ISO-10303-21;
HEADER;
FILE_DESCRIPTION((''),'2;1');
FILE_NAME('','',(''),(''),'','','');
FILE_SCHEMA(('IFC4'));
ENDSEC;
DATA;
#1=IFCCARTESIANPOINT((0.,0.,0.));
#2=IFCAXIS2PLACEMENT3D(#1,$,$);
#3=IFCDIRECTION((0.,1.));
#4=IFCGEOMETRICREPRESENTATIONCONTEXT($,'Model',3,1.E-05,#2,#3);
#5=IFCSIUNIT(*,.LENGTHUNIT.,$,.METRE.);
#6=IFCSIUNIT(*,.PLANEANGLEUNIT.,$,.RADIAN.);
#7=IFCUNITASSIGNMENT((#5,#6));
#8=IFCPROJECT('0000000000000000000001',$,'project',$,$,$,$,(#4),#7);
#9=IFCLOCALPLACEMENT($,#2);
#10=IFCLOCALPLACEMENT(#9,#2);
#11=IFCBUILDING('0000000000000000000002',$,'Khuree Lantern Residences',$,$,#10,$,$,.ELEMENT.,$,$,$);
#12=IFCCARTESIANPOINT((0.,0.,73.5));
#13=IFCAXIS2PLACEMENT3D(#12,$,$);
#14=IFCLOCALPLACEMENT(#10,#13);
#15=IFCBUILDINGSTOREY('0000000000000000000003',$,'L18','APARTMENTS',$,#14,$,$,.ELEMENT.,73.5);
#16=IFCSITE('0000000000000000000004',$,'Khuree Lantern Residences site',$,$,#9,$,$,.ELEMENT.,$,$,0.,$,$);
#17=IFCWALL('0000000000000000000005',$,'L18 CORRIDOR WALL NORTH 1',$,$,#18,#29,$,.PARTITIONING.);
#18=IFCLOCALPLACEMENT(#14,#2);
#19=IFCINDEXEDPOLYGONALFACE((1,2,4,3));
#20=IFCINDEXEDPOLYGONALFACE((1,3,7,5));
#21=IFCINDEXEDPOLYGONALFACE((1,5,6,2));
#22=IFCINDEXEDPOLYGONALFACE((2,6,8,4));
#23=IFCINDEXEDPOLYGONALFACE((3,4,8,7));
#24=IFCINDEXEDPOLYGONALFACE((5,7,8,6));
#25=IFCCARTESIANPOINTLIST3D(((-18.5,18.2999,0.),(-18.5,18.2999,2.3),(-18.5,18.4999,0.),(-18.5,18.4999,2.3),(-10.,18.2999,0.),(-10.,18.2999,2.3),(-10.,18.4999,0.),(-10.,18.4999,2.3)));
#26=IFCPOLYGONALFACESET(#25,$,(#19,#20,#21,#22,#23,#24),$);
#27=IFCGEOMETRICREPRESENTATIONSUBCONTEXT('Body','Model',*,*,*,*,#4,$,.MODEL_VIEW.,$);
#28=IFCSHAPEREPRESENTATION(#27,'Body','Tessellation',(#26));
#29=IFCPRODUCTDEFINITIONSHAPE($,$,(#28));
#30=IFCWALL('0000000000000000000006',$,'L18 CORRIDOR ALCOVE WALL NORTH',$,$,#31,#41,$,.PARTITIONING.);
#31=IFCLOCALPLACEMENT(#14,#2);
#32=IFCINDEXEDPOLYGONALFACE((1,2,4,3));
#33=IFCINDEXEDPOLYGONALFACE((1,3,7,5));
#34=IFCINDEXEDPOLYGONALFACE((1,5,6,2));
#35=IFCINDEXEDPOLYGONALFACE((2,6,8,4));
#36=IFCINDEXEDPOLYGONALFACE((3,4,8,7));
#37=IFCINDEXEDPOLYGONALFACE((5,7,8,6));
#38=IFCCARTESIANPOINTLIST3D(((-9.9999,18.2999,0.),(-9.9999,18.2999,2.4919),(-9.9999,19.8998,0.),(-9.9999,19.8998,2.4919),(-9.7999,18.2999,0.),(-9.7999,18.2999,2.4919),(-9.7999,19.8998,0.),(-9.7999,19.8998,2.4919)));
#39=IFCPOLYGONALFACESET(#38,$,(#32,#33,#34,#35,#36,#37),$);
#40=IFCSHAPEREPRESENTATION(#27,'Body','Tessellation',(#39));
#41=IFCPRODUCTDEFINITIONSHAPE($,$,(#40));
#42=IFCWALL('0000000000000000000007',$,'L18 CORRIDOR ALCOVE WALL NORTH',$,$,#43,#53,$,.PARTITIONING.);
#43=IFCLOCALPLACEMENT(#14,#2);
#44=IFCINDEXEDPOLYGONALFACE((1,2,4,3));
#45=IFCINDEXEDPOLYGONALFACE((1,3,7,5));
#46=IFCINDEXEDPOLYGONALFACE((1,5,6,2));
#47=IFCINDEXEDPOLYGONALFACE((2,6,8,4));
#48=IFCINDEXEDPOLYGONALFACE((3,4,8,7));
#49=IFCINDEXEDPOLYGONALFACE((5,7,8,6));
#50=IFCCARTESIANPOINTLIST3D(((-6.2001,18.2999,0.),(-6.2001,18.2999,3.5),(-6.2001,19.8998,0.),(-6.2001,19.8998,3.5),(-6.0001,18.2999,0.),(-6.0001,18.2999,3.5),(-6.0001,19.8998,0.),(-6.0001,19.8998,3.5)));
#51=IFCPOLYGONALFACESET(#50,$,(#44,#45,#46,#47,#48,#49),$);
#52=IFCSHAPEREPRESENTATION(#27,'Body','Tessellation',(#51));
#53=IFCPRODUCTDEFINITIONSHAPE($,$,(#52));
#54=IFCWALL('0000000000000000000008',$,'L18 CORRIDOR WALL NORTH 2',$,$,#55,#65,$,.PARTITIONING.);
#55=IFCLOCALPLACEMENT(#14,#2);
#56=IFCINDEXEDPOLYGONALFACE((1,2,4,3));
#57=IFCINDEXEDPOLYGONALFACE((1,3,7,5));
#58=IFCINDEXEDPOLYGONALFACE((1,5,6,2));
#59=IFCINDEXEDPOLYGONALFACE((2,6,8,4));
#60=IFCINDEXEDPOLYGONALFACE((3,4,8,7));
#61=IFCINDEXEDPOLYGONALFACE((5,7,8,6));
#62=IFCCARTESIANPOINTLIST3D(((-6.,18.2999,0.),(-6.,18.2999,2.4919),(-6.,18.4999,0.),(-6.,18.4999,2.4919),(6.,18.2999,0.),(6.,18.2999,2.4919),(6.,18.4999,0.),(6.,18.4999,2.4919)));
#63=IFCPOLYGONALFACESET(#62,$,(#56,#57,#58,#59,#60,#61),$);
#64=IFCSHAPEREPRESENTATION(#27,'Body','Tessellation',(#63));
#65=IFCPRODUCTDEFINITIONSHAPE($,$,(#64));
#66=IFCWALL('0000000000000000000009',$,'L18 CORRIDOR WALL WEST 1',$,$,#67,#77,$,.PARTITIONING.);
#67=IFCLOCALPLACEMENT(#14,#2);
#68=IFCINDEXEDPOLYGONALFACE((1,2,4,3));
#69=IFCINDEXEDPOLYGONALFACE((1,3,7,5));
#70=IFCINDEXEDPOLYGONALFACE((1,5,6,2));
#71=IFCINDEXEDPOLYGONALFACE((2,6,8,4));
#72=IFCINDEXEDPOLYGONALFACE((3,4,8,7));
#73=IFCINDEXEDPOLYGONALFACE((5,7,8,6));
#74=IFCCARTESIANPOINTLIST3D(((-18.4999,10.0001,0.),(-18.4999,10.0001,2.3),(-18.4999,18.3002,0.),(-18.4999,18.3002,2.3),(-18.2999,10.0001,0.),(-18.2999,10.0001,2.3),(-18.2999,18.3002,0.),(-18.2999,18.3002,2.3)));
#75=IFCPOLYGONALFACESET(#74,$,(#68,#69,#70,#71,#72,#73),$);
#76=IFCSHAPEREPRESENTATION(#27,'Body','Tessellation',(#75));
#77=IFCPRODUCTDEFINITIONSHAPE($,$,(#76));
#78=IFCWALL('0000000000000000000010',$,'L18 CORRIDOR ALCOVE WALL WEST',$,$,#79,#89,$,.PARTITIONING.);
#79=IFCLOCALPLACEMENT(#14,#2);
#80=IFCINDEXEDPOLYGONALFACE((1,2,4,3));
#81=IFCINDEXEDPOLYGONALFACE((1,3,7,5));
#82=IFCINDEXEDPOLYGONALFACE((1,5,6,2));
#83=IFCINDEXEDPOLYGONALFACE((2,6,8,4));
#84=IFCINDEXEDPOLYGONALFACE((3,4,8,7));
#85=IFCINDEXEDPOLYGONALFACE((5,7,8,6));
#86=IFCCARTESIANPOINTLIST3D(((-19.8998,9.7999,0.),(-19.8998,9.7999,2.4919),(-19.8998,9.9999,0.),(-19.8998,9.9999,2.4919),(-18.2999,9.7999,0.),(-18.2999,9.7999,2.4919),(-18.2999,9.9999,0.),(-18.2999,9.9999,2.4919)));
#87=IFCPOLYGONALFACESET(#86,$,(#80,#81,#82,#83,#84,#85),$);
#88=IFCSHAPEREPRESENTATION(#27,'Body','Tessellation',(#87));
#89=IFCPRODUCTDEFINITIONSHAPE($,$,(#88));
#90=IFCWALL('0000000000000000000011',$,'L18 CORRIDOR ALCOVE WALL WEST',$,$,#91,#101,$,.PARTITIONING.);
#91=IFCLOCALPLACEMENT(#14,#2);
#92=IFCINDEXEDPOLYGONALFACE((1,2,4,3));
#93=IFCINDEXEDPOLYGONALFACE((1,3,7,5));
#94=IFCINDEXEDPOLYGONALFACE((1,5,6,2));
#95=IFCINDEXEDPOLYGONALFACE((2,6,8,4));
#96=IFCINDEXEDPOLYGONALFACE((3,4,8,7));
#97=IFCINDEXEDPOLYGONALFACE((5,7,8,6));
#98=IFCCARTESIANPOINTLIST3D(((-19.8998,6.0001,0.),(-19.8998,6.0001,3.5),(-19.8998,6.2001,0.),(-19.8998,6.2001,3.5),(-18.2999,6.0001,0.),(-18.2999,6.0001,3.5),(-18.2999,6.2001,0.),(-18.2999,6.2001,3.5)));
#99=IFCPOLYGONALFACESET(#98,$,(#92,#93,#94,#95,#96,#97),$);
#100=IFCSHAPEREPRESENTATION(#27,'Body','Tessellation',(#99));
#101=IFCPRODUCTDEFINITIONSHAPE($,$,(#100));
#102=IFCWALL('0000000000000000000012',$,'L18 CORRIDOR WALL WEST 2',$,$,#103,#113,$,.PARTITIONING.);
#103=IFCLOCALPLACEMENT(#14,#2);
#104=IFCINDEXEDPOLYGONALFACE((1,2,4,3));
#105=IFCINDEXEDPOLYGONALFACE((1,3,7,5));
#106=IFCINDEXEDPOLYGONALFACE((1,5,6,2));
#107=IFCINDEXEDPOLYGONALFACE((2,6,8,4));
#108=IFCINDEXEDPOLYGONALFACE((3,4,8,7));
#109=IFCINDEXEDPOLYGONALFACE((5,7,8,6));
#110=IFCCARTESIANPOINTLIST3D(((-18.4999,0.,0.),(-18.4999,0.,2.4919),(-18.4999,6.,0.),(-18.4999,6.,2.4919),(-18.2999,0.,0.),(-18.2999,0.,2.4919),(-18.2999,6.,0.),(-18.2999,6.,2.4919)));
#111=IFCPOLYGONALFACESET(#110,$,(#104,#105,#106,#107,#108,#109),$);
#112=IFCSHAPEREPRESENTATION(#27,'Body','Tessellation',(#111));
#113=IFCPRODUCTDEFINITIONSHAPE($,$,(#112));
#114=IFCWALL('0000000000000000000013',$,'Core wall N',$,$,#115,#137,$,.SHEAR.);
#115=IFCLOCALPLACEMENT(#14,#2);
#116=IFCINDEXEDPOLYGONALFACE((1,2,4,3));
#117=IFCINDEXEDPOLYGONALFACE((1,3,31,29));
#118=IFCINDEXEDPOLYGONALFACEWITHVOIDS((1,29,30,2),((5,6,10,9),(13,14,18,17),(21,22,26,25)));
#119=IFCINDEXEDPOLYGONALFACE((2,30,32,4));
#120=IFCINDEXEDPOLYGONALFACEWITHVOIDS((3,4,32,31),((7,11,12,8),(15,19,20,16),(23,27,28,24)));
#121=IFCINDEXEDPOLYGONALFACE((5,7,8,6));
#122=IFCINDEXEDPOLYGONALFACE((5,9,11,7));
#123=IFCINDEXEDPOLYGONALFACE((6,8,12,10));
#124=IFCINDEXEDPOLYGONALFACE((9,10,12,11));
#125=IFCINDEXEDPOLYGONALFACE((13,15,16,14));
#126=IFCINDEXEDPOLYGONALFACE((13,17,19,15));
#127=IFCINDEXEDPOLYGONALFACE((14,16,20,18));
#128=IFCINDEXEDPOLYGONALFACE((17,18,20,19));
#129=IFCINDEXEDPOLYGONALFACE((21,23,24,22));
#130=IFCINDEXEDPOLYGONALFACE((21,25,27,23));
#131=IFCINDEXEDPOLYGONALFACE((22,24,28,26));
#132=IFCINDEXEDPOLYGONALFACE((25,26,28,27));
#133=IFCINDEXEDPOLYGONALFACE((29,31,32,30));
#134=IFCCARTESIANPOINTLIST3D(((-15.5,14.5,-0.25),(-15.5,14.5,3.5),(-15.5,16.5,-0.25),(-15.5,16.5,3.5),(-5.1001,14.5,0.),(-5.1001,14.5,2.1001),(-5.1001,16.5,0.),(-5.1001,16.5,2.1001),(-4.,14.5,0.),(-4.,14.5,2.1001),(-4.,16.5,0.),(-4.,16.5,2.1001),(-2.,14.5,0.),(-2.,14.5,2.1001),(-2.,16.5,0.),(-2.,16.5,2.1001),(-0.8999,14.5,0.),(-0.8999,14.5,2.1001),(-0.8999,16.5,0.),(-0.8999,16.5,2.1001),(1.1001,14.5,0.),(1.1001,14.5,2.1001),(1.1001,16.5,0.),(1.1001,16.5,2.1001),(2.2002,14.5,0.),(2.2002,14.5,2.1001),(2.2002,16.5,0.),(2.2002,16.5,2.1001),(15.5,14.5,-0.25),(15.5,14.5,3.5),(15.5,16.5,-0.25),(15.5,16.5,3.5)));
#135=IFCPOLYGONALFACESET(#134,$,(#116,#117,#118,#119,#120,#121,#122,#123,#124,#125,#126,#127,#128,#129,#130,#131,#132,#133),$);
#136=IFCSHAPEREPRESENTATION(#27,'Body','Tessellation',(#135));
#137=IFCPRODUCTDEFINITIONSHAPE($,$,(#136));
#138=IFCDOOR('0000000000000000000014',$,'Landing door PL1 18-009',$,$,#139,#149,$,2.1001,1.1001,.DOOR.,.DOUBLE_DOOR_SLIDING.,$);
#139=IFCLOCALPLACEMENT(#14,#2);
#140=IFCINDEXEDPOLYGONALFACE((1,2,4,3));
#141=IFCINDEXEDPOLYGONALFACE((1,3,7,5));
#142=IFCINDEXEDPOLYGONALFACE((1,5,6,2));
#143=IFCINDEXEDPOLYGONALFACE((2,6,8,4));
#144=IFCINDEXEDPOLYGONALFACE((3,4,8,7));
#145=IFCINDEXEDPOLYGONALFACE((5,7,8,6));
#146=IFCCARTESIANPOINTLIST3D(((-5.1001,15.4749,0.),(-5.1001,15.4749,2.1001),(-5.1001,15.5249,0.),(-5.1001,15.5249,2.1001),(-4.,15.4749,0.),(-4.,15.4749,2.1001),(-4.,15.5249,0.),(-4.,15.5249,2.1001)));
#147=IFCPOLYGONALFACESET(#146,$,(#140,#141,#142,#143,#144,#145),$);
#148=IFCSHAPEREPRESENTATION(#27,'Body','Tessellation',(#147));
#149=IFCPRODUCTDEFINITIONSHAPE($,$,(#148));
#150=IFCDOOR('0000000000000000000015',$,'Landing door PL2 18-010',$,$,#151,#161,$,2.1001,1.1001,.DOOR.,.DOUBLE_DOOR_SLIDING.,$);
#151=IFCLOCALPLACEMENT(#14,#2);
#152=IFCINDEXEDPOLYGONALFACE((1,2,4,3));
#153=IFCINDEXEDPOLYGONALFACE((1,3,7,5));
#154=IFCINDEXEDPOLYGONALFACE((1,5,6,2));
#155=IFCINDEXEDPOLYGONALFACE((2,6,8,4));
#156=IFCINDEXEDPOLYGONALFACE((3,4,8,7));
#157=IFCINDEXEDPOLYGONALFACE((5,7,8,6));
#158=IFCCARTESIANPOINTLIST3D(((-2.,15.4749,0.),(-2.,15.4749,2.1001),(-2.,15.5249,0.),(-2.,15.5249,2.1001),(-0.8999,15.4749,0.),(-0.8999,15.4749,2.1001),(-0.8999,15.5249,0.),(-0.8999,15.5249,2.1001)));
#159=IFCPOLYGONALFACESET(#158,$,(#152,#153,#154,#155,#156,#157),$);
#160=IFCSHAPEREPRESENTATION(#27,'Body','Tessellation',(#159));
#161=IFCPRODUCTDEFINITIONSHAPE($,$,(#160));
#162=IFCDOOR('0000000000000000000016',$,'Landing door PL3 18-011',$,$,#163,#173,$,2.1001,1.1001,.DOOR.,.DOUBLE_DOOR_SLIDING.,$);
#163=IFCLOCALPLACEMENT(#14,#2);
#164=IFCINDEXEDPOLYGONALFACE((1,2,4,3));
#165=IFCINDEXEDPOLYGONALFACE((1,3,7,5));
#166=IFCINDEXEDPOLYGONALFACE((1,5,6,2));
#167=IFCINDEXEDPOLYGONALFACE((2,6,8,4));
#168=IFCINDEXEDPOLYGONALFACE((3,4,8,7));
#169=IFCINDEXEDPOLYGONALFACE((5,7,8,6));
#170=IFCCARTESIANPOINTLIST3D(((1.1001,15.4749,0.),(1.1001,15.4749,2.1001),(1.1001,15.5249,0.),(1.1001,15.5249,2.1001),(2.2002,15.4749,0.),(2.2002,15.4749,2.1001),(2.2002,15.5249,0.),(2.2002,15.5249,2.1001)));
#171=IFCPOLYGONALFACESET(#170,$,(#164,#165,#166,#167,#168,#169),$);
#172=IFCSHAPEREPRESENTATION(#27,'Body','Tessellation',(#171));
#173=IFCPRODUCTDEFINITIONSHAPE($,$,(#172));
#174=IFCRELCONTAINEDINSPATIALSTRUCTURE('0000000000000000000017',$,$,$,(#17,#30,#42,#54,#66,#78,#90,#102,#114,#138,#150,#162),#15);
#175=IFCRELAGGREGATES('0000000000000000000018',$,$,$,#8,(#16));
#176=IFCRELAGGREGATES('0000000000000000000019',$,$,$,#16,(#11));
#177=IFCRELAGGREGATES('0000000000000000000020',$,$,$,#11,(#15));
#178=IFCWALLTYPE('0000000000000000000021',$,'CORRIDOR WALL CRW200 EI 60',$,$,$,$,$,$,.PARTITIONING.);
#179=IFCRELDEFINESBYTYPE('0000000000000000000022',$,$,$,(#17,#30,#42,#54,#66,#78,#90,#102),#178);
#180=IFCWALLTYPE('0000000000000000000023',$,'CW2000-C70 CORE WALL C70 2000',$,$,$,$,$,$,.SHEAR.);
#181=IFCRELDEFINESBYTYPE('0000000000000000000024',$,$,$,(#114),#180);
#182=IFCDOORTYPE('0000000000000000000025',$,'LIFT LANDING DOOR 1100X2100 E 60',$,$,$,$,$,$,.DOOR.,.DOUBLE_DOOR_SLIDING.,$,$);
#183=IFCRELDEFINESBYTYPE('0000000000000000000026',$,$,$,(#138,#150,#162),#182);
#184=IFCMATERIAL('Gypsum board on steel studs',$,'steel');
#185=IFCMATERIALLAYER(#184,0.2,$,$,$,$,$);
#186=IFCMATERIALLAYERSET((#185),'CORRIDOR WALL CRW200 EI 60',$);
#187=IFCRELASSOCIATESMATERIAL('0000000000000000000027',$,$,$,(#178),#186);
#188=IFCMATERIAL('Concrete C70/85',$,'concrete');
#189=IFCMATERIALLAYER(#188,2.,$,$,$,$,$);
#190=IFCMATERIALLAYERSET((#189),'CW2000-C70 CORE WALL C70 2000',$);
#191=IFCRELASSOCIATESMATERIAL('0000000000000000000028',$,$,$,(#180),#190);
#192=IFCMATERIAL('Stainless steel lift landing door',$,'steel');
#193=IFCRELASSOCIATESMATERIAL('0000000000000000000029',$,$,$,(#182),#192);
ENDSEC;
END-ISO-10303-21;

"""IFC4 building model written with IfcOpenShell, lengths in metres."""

from ifc_helpers import new_model, si_unit, direction, frame, frame_2d, origin, place, context, subcontext, project, spatial, rectangle, extrude, material, layer, layer_set, type_object, element, fill, save


model = new_model("IFC4")

# Units and contexts
model_context = context("Model", 3, precision=1e-05, world=origin(), true_north=direction((0.0, 1.0)))
body_context = subcontext(model_context, "Body", "Model", "MODEL_VIEW")
ifc_project = project(units=[si_unit("LENGTHUNIT", "METRE"), si_unit("PLANEANGLEUNIT", "RADIAN")], contexts=[model_context])

# Site, building, storey
site_placement = place(None, origin())
site = spatial("IfcSite", under=ifc_project, at=site_placement, Name="Khuree Lantern Residences site", CompositionType="ELEMENT", RefElevation=0.0)
building_placement = place(site_placement, origin())
building = spatial("IfcBuilding", under=site, at=building_placement, Name="Khuree Lantern Residences", CompositionType="ELEMENT")
storey_placement = place(building_placement, frame((0.0, 0.0, 73.5)))
storey = spatial("IfcBuildingStorey", under=building, at=storey_placement, Name="L18", Description="APARTMENTS", CompositionType="ELEMENT", Elevation=73.5)

# Shared definitions
ifc_material_1 = material(Name="Concrete C70/85", Category="concrete")

# Walls
ifc_material_2 = material(Name="Gypsum board on steel studs", Category="steel")
ifc_layer_1 = layer(ifc_material_2, 0.2)
ifc_layer_set_1 = layer_set([ifc_layer_1], Name="CORRIDOR WALL CRW200 EI 60")
wall_type_1 = type_object("IfcWallType", Name="CORRIDOR WALL CRW200 EI 60", PredefinedType="PARTITIONING", material=ifc_layer_set_1)
wall_1_placement = place(storey_placement, frame((-18.5, 18.3999, 0.0), z_axis=(0.0, 0.0, 1.0), x_axis=(1.0, 0.0, 0.0)))
element("IfcWall", 1, at=wall_1_placement, inside=storey, type_object=wall_type_1, Name="L18 CORRIDOR WALL NORTH 1", PredefinedType="PARTITIONING", context=body_context, shape_type="SweptSolid", body=[
    extrude(rectangle(XDim=8.5, YDim=0.2, at=frame_2d((4.25, 0.0))), origin(), (0.0, 0.0, 1.0), 2.3),
])
wall_2_placement = place(storey_placement, frame((-9.8999, 18.3, 0.0), z_axis=(0.0, 0.0, 1.0), x_axis=(0.0, 1.0, 0.0)))
element("IfcWall", 2, at=wall_2_placement, inside=storey, type_object=wall_type_1, Name="L18 CORRIDOR ALCOVE WALL NORTH", PredefinedType="PARTITIONING", context=body_context, shape_type="SweptSolid", body=[
    extrude(rectangle(XDim=1.5999, YDim=0.2, at=frame_2d((0.7998, 0.0))), origin(), (0.0, 0.0, 1.0), 2.4919),
])
wall_3_placement = place(storey_placement, frame((-6.1001, 18.3, 0.0), z_axis=(0.0, 0.0, 1.0), x_axis=(0.0, 1.0, 0.0)))
element("IfcWall", 3, at=wall_3_placement, inside=storey, type_object=wall_type_1, Name="L18 CORRIDOR ALCOVE WALL NORTH", PredefinedType="PARTITIONING", context=body_context, shape_type="SweptSolid", body=[
    extrude(rectangle(XDim=1.5999, YDim=0.2, at=frame_2d((0.7998, 0.0))), origin(), (0.0, 0.0, 1.0), 3.5),
])
wall_4_placement = place(storey_placement, frame((-6.0, 18.3999, 0.0), z_axis=(0.0, 0.0, 1.0), x_axis=(1.0, 0.0, 0.0)))
element("IfcWall", 4, at=wall_4_placement, inside=storey, type_object=wall_type_1, Name="L18 CORRIDOR WALL NORTH 2", PredefinedType="PARTITIONING", context=body_context, shape_type="SweptSolid", body=[
    extrude(rectangle(XDim=12.0, YDim=0.2, at=frame_2d((6.0, 0.0))), origin(), (0.0, 0.0, 1.0), 2.4919),
])
wall_5_placement = place(storey_placement, frame((-18.3999, 18.3, 0.0), z_axis=(0.0, 0.0, 1.0), x_axis=(0.0, -1.0, 0.0)))
element("IfcWall", 5, at=wall_5_placement, inside=storey, type_object=wall_type_1, Name="L18 CORRIDOR WALL WEST 1", PredefinedType="PARTITIONING", context=body_context, shape_type="SweptSolid", body=[
    extrude(rectangle(XDim=8.3, YDim=0.2, at=frame_2d((4.1499, 0.0))), origin(), (0.0, 0.0, 1.0), 2.3),
])
wall_6_placement = place(storey_placement, frame((-18.3, 9.8999, 0.0), z_axis=(0.0, 0.0, 1.0), x_axis=(-1.0, 0.0, 0.0)))
element("IfcWall", 6, at=wall_6_placement, inside=storey, type_object=wall_type_1, Name="L18 CORRIDOR ALCOVE WALL WEST", PredefinedType="PARTITIONING", context=body_context, shape_type="SweptSolid", body=[
    extrude(rectangle(XDim=1.5999, YDim=0.2, at=frame_2d((0.7998, 0.0))), origin(), (0.0, 0.0, 1.0), 2.4919),
])
wall_7_placement = place(storey_placement, frame((-18.3, 6.1001, 0.0), z_axis=(0.0, 0.0, 1.0), x_axis=(-1.0, 0.0, 0.0)))
element("IfcWall", 7, at=wall_7_placement, inside=storey, type_object=wall_type_1, Name="L18 CORRIDOR ALCOVE WALL WEST", PredefinedType="PARTITIONING", context=body_context, shape_type="SweptSolid", body=[
    extrude(rectangle(XDim=1.5999, YDim=0.2, at=frame_2d((0.7998, 0.0))), origin(), (0.0, 0.0, 1.0), 3.5),
])
wall_8_placement = place(storey_placement, frame((-18.3999, 6.0, 0.0), z_axis=(0.0, 0.0, 1.0), x_axis=(0.0, -1.0, 0.0)))
element("IfcWall", 8, at=wall_8_placement, inside=storey, type_object=wall_type_1, Name="L18 CORRIDOR WALL WEST 2", PredefinedType="PARTITIONING", context=body_context, shape_type="SweptSolid", body=[
    extrude(rectangle(XDim=6.0, YDim=0.2, at=frame_2d((3.0, 0.0))), origin(), (0.0, 0.0, 1.0), 2.4919),
])

# Wall, openings, doors
ifc_layer_2 = layer(ifc_material_1, 2.0)
ifc_layer_set_2 = layer_set([ifc_layer_2], Name="CW2000-C70 CORE WALL C70 2000")
wall_type_2 = type_object("IfcWallType", Name="CW2000-C70 CORE WALL C70 2000", PredefinedType="SHEAR", material=ifc_layer_set_2)
wall_9_placement = place(storey_placement, frame((-15.5, 15.5, -0.25), z_axis=(0.0, 0.0, 1.0), x_axis=(1.0, 0.0, 0.0)))
wall_9 = element("IfcWall", 9, at=wall_9_placement, inside=storey, type_object=wall_type_2, Name="Core wall N", PredefinedType="SHEAR", context=body_context, shape_type="SweptSolid", body=[
    extrude(rectangle(XDim=31.0, YDim=2.0, at=frame_2d((15.5, 0.0))), origin(), (0.0, 0.0, 1.0), 3.75),
])
opening_1_placement = place(wall_9_placement, frame((10.3999, 0.0, 0.25)))
opening_1 = element("IfcOpeningElement", 10, at=opening_1_placement, cuts=wall_9, PredefinedType="OPENING", context=body_context, shape_type="SweptSolid", body=[
    extrude(rectangle(XDim=1.1001, YDim=2.1001, at=frame_2d((0.55, 1.05))), frame((0.0, 1.01, 0.0), z_axis=(0.0, -1.0, 0.0), x_axis=(1.0, 0.0, 0.0)), (0.0, 0.0, 1.0), 2.02),
])
opening_2_placement = place(wall_9_placement, frame((13.5, 0.0, 0.25)))
opening_2 = element("IfcOpeningElement", 11, at=opening_2_placement, cuts=wall_9, PredefinedType="OPENING", context=body_context, shape_type="SweptSolid", body=[
    extrude(rectangle(XDim=1.1001, YDim=2.1001, at=frame_2d((0.55, 1.05))), frame((0.0, 1.01, 0.0), z_axis=(0.0, -1.0, 0.0), x_axis=(1.0, 0.0, 0.0)), (0.0, 0.0, 1.0), 2.02),
])
opening_3_placement = place(wall_9_placement, frame((16.6001, 0.0, 0.25)))
opening_3 = element("IfcOpeningElement", 12, at=opening_3_placement, cuts=wall_9, PredefinedType="OPENING", context=body_context, shape_type="SweptSolid", body=[
    extrude(rectangle(XDim=1.1001, YDim=2.1001, at=frame_2d((0.55, 1.05))), frame((0.0, 1.01, 0.0), z_axis=(0.0, -1.0, 0.0), x_axis=(1.0, 0.0, 0.0)), (0.0, 0.0, 1.0), 2.02),
])
ifc_material_3 = material(Name="Stainless steel lift landing door", Category="steel")
door_type_1 = type_object("IfcDoorType", Name="LIFT LANDING DOOR 1100X2100 E 60", OperationType="DOUBLE_DOOR_SLIDING", PredefinedType="DOOR", material=ifc_material_3)
door_1_placement = place(opening_1_placement, origin())
door_1 = element("IfcDoor", 13, at=door_1_placement, inside=storey, type_object=door_type_1, Name="Landing door PL1 18-009", OperationType="DOUBLE_DOOR_SLIDING", OverallHeight=2.1001, OverallWidth=1.1001, PredefinedType="DOOR", context=body_context, shape_type="SweptSolid", body=[
    extrude(rectangle(XDim=1.1001, YDim=2.1001, at=frame_2d((0.55, 1.05))), frame((0.0, 0.0249, 0.0), z_axis=(0.0, -1.0, 0.0), x_axis=(1.0, 0.0, 0.0)), (0.0, 0.0, 1.0), 0.05),
])
fill(opening_1, door_1)
door_2_placement = place(opening_2_placement, origin())
door_2 = element("IfcDoor", 14, at=door_2_placement, inside=storey, type_object=door_type_1, Name="Landing door PL2 18-010", OperationType="DOUBLE_DOOR_SLIDING", OverallHeight=2.1001, OverallWidth=1.1001, PredefinedType="DOOR", context=body_context, shape_type="SweptSolid", body=[
    extrude(rectangle(XDim=1.1001, YDim=2.1001, at=frame_2d((0.55, 1.05))), frame((0.0, 0.0249, 0.0), z_axis=(0.0, -1.0, 0.0), x_axis=(1.0, 0.0, 0.0)), (0.0, 0.0, 1.0), 0.05),
])
fill(opening_2, door_2)
door_3_placement = place(opening_3_placement, origin())
door_3 = element("IfcDoor", 15, at=door_3_placement, inside=storey, type_object=door_type_1, Name="Landing door PL3 18-011", OperationType="DOUBLE_DOOR_SLIDING", OverallHeight=2.1001, OverallWidth=1.1001, PredefinedType="DOOR", context=body_context, shape_type="SweptSolid", body=[
    extrude(rectangle(XDim=1.1001, YDim=2.1001, at=frame_2d((0.55, 1.05))), frame((0.0, 0.0249, 0.0), z_axis=(0.0, -1.0, 0.0), x_axis=(1.0, 0.0, 0.0)), (0.0, 0.0, 1.0), 0.05),
])
fill(opening_3, door_3)

save(model, "model.ifc")
